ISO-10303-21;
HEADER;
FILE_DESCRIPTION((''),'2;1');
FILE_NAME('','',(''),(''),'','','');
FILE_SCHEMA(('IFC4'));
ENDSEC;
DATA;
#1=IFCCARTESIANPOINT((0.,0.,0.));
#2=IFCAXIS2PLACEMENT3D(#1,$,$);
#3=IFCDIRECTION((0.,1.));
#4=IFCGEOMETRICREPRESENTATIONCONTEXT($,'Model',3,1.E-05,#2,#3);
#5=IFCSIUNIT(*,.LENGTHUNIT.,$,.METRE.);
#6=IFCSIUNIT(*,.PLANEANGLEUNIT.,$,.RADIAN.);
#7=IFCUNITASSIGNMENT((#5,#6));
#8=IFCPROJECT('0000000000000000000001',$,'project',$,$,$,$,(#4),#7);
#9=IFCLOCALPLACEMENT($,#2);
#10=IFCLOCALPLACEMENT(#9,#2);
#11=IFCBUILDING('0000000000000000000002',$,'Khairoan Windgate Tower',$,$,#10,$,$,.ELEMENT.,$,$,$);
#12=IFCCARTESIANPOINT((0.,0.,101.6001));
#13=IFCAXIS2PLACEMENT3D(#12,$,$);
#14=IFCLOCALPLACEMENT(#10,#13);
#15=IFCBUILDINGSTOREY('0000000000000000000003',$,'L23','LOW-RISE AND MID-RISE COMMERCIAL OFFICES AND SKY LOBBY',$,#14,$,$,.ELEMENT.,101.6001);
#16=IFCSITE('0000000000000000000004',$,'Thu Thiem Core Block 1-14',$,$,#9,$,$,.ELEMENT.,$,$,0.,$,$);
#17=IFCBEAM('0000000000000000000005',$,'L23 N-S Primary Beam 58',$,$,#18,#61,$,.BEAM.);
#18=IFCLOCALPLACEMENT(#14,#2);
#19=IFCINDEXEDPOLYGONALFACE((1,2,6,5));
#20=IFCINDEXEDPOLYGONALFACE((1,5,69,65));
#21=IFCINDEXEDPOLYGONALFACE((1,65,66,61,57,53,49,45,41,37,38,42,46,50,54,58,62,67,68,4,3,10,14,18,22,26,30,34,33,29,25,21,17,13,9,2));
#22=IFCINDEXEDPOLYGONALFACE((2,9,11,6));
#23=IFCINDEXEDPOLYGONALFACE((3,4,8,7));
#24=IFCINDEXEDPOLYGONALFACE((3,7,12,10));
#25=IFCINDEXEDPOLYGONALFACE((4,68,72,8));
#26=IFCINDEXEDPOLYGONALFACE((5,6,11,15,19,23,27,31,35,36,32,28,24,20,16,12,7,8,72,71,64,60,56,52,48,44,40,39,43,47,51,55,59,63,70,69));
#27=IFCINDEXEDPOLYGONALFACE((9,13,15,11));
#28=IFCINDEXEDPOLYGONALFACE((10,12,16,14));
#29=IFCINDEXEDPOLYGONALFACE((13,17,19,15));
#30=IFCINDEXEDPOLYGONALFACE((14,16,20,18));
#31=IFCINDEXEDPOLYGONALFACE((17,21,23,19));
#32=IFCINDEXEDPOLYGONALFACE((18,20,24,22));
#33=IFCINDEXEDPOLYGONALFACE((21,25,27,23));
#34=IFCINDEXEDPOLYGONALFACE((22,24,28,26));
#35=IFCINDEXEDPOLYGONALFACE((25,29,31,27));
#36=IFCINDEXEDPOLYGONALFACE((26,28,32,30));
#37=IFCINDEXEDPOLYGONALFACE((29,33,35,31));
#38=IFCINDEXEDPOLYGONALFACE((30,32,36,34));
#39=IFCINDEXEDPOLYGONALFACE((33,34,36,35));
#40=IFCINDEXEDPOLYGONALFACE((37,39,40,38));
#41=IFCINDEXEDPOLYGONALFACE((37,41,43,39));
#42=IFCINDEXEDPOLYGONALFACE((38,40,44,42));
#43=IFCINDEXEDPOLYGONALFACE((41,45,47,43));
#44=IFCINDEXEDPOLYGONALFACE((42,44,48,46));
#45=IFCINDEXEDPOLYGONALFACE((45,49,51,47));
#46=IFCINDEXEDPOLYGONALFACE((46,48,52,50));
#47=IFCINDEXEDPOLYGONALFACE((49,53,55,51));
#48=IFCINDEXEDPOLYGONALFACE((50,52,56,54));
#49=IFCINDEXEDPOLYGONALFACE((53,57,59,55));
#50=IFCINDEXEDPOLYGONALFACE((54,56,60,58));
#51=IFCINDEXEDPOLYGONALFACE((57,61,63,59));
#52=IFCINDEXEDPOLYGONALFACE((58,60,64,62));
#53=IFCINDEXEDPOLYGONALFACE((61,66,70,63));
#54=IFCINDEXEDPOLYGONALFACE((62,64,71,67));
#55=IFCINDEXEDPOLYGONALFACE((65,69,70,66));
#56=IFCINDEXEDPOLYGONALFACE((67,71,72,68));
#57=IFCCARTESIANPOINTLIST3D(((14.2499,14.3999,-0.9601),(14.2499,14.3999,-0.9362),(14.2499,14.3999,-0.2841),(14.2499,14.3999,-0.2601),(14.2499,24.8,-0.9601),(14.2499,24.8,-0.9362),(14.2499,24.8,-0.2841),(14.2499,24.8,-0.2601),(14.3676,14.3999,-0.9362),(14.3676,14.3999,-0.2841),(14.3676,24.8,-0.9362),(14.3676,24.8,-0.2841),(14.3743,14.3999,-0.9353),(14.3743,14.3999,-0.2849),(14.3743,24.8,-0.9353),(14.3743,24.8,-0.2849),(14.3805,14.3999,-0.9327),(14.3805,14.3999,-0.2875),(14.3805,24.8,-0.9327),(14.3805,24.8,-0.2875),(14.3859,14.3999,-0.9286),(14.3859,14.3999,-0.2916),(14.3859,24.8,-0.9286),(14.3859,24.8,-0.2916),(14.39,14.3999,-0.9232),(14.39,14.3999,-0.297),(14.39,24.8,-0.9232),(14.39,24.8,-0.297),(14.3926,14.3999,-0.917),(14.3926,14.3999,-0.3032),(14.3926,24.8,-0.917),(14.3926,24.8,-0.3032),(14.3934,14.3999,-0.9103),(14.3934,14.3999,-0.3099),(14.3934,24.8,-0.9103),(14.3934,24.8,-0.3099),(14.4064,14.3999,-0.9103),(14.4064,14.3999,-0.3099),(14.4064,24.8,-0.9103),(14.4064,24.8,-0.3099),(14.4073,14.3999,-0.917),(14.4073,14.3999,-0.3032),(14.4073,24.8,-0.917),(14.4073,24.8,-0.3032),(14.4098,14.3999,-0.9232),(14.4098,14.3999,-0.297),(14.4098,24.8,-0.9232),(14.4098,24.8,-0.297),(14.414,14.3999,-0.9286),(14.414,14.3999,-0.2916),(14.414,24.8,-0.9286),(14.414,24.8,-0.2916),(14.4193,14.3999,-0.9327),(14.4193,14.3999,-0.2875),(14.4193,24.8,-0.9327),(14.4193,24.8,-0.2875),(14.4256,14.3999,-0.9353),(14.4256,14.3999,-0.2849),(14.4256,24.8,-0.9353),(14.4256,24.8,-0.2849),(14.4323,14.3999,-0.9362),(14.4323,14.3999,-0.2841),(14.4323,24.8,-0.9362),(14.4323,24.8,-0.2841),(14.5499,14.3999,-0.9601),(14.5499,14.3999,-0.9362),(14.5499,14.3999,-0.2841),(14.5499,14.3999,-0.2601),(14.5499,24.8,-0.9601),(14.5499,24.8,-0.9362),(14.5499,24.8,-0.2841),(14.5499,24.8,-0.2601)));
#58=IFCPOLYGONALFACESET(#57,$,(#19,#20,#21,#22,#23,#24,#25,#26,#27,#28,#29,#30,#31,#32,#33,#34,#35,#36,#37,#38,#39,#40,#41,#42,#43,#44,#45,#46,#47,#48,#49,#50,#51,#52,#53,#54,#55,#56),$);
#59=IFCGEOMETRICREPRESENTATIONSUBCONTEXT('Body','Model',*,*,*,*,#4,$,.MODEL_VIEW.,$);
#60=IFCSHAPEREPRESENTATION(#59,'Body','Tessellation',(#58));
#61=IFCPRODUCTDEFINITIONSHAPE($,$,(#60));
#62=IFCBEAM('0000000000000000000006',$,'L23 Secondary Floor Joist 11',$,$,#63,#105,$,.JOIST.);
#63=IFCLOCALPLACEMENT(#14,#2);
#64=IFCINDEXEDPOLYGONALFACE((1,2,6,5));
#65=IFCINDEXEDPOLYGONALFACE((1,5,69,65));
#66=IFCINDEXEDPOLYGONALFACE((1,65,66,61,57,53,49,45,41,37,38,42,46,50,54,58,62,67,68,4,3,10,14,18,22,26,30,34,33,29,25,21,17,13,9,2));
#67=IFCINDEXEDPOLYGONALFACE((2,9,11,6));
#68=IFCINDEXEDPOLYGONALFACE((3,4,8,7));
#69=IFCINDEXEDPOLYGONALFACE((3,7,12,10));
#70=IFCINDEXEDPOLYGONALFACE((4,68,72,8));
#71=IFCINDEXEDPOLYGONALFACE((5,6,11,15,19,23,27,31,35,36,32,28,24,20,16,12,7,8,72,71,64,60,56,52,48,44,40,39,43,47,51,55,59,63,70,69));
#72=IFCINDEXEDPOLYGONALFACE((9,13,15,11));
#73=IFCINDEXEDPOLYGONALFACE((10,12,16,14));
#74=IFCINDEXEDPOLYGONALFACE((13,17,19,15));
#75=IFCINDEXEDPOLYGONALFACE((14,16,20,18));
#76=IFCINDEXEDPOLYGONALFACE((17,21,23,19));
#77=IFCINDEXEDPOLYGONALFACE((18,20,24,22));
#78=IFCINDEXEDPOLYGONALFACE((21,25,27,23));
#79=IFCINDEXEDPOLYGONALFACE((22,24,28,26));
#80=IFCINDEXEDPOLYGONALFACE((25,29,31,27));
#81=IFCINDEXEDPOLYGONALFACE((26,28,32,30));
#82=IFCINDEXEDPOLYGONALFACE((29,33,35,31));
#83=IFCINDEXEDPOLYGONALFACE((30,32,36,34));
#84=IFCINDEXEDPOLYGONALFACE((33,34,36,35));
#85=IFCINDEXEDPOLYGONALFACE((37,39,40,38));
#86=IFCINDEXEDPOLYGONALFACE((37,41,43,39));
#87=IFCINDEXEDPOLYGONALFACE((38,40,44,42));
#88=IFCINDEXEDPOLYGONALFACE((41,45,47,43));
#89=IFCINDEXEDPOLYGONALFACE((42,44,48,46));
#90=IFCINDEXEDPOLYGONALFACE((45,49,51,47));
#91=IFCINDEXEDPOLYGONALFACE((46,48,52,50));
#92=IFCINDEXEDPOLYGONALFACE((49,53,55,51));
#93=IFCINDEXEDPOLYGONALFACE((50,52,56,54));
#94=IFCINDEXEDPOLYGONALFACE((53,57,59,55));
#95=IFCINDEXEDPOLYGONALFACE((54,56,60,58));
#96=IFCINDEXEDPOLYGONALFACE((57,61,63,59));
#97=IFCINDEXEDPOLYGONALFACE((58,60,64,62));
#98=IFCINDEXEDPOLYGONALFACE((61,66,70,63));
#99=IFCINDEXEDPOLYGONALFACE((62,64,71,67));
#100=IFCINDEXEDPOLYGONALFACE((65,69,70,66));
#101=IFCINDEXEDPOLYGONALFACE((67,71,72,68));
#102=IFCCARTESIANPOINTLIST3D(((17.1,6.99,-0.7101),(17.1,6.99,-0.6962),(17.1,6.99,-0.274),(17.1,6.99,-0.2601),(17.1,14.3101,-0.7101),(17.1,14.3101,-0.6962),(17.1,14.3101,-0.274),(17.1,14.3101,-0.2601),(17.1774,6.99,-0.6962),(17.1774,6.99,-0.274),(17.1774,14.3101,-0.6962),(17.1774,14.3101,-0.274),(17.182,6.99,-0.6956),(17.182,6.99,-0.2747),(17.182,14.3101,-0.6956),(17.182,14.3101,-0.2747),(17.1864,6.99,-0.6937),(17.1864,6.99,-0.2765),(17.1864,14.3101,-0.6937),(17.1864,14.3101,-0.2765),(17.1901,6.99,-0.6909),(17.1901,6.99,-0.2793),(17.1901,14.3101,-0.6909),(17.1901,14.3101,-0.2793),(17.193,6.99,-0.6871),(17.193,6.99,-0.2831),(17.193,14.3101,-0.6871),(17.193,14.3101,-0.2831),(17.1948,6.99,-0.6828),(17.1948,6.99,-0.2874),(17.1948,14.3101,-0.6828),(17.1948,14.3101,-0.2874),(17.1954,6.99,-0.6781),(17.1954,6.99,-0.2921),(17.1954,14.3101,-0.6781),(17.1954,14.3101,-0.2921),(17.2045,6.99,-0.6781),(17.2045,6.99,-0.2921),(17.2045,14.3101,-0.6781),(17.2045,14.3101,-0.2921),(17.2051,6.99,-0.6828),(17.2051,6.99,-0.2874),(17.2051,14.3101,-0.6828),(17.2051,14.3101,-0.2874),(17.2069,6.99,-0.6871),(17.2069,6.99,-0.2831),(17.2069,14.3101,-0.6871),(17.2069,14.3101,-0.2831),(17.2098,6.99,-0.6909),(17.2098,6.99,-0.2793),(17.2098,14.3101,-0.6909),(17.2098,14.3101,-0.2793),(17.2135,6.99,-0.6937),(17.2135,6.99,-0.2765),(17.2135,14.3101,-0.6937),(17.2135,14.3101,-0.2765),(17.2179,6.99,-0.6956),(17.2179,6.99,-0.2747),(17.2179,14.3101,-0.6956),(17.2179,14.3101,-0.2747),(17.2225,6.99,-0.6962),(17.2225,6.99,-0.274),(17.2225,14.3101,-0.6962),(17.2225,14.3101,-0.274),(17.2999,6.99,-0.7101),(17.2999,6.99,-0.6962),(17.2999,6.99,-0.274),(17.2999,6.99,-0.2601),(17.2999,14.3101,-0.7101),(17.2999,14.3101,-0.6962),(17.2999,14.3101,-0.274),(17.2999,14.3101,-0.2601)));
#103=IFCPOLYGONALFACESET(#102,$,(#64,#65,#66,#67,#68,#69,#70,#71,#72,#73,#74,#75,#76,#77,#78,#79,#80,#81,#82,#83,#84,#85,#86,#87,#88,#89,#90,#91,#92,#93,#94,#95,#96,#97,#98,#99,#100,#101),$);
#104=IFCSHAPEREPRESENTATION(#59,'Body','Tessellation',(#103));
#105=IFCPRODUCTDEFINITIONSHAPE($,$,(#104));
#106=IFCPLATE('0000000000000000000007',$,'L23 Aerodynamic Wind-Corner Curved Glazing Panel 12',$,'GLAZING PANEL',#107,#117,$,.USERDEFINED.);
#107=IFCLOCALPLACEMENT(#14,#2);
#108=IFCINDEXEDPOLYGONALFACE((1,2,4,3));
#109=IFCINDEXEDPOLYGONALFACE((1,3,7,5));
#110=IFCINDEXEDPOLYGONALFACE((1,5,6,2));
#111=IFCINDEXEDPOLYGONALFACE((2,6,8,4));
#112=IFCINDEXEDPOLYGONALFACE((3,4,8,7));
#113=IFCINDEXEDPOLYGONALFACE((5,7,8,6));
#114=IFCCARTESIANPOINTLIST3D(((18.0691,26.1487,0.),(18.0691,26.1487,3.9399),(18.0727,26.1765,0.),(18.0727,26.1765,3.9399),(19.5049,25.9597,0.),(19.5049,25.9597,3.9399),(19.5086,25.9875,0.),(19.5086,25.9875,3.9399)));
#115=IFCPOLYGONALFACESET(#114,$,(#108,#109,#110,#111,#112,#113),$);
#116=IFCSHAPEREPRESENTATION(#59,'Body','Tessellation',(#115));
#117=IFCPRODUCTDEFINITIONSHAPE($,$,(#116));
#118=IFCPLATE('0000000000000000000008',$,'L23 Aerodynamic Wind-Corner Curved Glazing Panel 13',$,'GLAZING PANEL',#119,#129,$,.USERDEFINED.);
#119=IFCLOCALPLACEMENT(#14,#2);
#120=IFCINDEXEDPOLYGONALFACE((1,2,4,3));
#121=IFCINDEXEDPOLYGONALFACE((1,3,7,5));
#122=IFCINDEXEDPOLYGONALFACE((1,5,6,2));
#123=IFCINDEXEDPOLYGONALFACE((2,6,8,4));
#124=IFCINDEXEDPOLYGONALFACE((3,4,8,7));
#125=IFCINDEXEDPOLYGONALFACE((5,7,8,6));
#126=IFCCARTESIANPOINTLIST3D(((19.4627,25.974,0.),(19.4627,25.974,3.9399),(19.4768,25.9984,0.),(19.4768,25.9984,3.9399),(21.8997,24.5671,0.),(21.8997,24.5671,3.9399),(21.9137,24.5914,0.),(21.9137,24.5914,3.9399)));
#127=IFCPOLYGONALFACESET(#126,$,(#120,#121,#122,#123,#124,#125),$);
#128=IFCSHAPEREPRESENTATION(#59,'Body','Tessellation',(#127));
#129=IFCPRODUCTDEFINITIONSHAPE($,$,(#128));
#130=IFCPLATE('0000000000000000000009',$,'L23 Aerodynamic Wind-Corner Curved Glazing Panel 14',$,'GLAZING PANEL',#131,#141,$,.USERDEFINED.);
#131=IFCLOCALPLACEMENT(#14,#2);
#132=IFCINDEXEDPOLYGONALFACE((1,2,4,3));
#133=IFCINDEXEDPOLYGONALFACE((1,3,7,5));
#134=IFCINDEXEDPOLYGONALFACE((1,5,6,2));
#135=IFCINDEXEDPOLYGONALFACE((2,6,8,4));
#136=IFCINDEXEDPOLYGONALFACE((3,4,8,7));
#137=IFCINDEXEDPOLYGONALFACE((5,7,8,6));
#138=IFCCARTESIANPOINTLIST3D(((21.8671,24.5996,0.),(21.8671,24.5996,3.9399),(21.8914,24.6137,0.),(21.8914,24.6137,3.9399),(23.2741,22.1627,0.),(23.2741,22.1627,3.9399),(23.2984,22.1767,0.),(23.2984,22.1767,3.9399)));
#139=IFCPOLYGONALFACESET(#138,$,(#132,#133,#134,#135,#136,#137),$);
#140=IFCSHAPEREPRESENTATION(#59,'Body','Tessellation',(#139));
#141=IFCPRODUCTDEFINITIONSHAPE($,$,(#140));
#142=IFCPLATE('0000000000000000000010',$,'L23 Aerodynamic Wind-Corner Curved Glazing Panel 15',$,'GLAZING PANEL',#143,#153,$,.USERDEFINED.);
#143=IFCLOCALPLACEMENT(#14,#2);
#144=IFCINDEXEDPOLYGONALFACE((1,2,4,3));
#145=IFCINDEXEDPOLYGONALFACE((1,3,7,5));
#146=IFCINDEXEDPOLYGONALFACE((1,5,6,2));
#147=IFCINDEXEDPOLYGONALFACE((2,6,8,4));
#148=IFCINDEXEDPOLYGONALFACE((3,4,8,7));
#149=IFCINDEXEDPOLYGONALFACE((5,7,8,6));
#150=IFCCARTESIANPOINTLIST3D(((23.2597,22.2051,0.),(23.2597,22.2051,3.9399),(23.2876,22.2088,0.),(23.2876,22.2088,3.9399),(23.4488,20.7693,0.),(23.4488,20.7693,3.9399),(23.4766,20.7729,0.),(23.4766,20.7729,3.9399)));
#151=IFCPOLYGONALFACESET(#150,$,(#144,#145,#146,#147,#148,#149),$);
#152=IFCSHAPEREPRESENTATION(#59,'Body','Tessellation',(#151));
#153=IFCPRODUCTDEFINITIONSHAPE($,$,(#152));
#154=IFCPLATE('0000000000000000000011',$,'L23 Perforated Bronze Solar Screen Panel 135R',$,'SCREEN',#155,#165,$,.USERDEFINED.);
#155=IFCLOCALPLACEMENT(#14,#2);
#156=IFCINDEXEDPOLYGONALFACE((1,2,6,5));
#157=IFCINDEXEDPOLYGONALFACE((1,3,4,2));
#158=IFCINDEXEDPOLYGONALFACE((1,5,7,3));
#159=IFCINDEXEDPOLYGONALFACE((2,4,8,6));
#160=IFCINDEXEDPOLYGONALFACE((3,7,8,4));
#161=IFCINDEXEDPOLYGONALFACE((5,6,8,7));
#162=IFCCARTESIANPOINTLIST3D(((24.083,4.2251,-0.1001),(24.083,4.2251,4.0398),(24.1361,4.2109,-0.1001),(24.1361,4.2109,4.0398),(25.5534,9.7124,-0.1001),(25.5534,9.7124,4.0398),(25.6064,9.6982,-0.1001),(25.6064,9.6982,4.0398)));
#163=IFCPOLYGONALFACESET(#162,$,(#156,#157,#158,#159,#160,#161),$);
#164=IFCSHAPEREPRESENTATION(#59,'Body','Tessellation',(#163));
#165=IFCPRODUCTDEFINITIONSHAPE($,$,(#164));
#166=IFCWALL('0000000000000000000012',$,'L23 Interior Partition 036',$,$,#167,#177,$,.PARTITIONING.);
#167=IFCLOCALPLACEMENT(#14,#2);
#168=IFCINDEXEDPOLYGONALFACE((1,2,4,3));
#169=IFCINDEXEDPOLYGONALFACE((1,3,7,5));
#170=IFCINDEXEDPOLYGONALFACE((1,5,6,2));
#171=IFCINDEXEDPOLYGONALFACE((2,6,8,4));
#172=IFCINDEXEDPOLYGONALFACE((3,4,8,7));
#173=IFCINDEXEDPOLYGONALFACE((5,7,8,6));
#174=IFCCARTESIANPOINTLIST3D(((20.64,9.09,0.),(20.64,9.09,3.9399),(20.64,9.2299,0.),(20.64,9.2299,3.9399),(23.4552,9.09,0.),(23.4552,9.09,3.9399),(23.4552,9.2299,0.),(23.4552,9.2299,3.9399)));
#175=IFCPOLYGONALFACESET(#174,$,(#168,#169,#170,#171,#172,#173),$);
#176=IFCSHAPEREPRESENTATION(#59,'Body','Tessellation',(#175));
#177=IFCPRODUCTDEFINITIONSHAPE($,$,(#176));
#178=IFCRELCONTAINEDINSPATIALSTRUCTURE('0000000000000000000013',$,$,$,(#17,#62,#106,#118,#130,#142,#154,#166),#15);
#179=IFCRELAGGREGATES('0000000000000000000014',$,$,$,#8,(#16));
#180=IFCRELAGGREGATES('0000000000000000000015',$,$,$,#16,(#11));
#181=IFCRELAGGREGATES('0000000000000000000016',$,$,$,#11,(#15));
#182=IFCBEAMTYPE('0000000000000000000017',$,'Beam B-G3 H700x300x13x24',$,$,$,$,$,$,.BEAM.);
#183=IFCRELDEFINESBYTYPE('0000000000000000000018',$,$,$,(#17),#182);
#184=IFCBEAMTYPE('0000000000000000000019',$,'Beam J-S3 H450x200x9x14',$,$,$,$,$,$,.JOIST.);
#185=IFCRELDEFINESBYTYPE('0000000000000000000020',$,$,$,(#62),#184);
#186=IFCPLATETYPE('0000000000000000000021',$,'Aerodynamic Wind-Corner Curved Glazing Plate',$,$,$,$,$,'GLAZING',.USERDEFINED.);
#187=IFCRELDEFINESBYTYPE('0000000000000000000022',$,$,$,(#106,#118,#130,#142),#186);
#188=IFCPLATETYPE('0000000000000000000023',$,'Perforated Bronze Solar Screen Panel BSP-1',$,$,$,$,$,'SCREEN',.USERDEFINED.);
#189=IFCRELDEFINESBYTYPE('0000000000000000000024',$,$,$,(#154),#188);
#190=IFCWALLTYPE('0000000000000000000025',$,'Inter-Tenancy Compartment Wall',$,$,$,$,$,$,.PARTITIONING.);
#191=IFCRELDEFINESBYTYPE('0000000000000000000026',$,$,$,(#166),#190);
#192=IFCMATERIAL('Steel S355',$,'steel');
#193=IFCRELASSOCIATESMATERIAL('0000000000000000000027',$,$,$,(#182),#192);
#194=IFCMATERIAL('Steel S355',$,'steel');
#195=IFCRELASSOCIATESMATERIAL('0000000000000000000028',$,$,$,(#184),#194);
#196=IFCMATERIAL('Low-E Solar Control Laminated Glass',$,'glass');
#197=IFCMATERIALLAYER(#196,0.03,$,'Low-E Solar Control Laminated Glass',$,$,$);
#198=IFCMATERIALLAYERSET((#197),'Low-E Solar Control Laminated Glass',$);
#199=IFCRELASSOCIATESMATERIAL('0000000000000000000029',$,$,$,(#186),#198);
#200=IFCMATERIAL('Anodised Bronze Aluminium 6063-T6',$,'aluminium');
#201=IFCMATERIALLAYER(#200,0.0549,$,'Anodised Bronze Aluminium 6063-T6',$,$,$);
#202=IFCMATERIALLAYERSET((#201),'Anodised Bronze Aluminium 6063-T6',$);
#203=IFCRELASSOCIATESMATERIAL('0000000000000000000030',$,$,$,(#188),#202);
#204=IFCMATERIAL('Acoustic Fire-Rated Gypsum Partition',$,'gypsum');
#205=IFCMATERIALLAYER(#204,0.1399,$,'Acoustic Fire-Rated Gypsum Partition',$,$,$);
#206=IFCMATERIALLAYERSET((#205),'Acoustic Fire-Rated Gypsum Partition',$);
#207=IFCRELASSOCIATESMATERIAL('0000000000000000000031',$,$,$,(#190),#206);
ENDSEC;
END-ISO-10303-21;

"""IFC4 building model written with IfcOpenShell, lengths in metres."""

from ifc_helpers import new_model, si_unit, direction, frame, frame_2d, origin, origin_2d, place, context, subcontext, project, spatial, rectangle, i_section, extrude, material, layer, layer_set, material_profile, profile_set, type_object, element, save


model = new_model("IFC4")

# Units and contexts
model_context = context("Model", 3, precision=1e-05, world=origin(), true_north=direction((0.0, 1.0)))
body_context = subcontext(model_context, "Body", "Model", "MODEL_VIEW")
ifc_project = project(units=[si_unit("LENGTHUNIT", "METRE"), si_unit("PLANEANGLEUNIT", "RADIAN")], contexts=[model_context])

# Site, building, storey
site_placement = place(None, origin())
site = spatial("IfcSite", under=ifc_project, at=site_placement, Name="Thu Thiem Core Block 1-14", CompositionType="ELEMENT", RefElevation=0.0)
building_placement = place(site_placement, origin())
building = spatial("IfcBuilding", under=site, at=building_placement, Name="Khairoan Windgate Tower", CompositionType="ELEMENT")
storey_placement = place(building_placement, frame((0.0, 0.0, 101.6001)))
storey = spatial("IfcBuildingStorey", under=building, at=storey_placement, Name="L23", Description="LOW-RISE AND MID-RISE COMMERCIAL OFFICES AND SKY LOBBY", CompositionType="ELEMENT", Elevation=101.6001)

# Beams
ifc_material_1 = material(Name="Steel S355", Category="steel")
ifc_material_profile_1 = material_profile(ifc_material_1, i_section(OverallWidth=0.3, OverallDepth=0.7, WebThickness=0.0129, FlangeThickness=0.0239, FilletRadius=0.0259, at=origin_2d()))
ifc_profile_set_1 = profile_set([ifc_material_profile_1], Name="Steel S355")
beam_type_1 = type_object("IfcBeamType", Name="Beam B-G3 H700x300x13x24", PredefinedType="BEAM", material=ifc_profile_set_1)
beam_1_placement = place(storey_placement, frame((14.3999, 14.3999, -0.6101), z_axis=(0.0, 1.0, 0.0), x_axis=(-1.0, 0.0, 0.0)))
element("IfcBeam", 1, at=beam_1_placement, inside=storey, type_object=beam_type_1, Name="L23 N-S Primary Beam 58", PredefinedType="BEAM", context=body_context, shape_type="SweptSolid", body=[
    extrude(i_section(OverallWidth=0.3, OverallDepth=0.7, WebThickness=0.0129, FlangeThickness=0.0239, FilletRadius=0.0259, at=origin_2d()), origin(), (0.0, 0.0, 1.0), 10.4001),
])
ifc_material_2 = material(Name="Steel S355", Category="steel")
ifc_material_profile_2 = material_profile(ifc_material_2, i_section(OverallWidth=0.2, OverallDepth=0.45, WebThickness=0.009, FlangeThickness=0.0139, FilletRadius=0.0181, at=origin_2d()))
ifc_profile_set_2 = profile_set([ifc_material_profile_2], Name="Steel S355")
beam_type_2 = type_object("IfcBeamType", Name="Beam J-S3 H450x200x9x14", PredefinedType="JOIST", material=ifc_profile_set_2)
beam_2_placement = place(storey_placement, frame((17.2, 6.99, -0.4851), z_axis=(0.0, 1.0, 0.0), x_axis=(-1.0, 0.0, 0.0)))
element("IfcBeam", 2, at=beam_2_placement, inside=storey, type_object=beam_type_2, Name="L23 Secondary Floor Joist 11", PredefinedType="JOIST", context=body_context, shape_type="SweptSolid", body=[
    extrude(i_section(OverallWidth=0.2, OverallDepth=0.45, WebThickness=0.009, FlangeThickness=0.0139, FilletRadius=0.0181, at=origin_2d()), origin(), (0.0, 0.0, 1.0), 7.3201),
])

# Plates
ifc_material_3 = material(Name="Low-E Solar Control Laminated Glass", Category="glass")
ifc_layer_1 = layer(ifc_material_3, 0.03, Name="Low-E Solar Control Laminated Glass")
ifc_layer_set_1 = layer_set([ifc_layer_1], Name="Low-E Solar Control Laminated Glass")
plate_type_1 = type_object("IfcPlateType", Name="Aerodynamic Wind-Corner Curved Glazing Plate", ElementType="GLAZING", PredefinedType="USERDEFINED", material=ifc_layer_set_1)
plate_1_placement = place(storey_placement, frame((18.7888, 26.0681, 0.0), z_axis=(0.0, 0.0, 1.0), x_axis=(0.991445, -0.130526, 0.0)))
element("IfcPlate", 3, at=plate_1_placement, inside=storey, type_object=plate_type_1, Name="L23 Aerodynamic Wind-Corner Curved Glazing Panel 12", ObjectType="GLAZING PANEL", PredefinedType="USERDEFINED", context=body_context, shape_type="SweptSolid", body=[
    extrude(rectangle(XDim=1.4482, YDim=0.0281, at=origin_2d()), origin(), (0.0, 0.0, 1.0), 3.9399),
])
for number, where, z_axis, x_axis, name in (
    (4, (20.6882, 25.2827, 0.0), (0.0, 0.0, 1.0), (0.866025, -0.5, 0.0), "L23 Aerodynamic Wind-Corner Curved Glazing Panel 13"),
    (5, (22.5828, 23.3882, 0.0), (0.0, 0.0, 1.0), (0.5, -0.866025, 0.0), "L23 Aerodynamic Wind-Corner Curved Glazing Panel 14"),
):
    element("IfcPlate", number, at=place(storey_placement, frame(where, z_axis=z_axis, x_axis=x_axis)), inside=storey, type_object=plate_type_1, Name=name, ObjectType="GLAZING PANEL", PredefinedType="USERDEFINED", context=body_context, shape_type="SweptSolid", body=[
        extrude(rectangle(XDim=2.814, YDim=0.0281, at=origin_2d()), origin(), (0.0, 0.0, 1.0), 3.9399),
    ])
plate_2_placement = place(storey_placement, frame((23.3682, 21.489, 0.0), z_axis=(0.0, 0.0, 1.0), x_axis=(0.130526, -0.991445, 0.0)))
element("IfcPlate", 6, at=plate_2_placement, inside=storey, type_object=plate_type_1, Name="L23 Aerodynamic Wind-Corner Curved Glazing Panel 15", ObjectType="GLAZING PANEL", PredefinedType="USERDEFINED", context=body_context, shape_type="SweptSolid", body=[
    extrude(rectangle(XDim=1.4482, YDim=0.0281, at=origin_2d()), origin(), (0.0, 0.0, 1.0), 3.9399),
])

# Plate
ifc_material_4 = material(Name="Anodised Bronze Aluminium 6063-T6", Category="aluminium")
ifc_layer_2 = layer(ifc_material_4, 0.0549, Name="Anodised Bronze Aluminium 6063-T6")
ifc_layer_set_2 = layer_set([ifc_layer_2], Name="Anodised Bronze Aluminium 6063-T6")
plate_type_2 = type_object("IfcPlateType", Name="Perforated Bronze Solar Screen Panel BSP-1", ElementType="SCREEN", PredefinedType="USERDEFINED", material=ifc_layer_set_2)
plate_3_placement = place(storey_placement, frame((24.8447, 6.9617, -0.1001), z_axis=(0.0, 0.0, 1.0), x_axis=(-0.258819, -0.965926, 0.0)))
element("IfcPlate", 7, at=plate_3_placement, inside=storey, type_object=plate_type_2, Name="L23 Perforated Bronze Solar Screen Panel 135R", ObjectType="SCREEN", PredefinedType="USERDEFINED", context=body_context, shape_type="SweptSolid", body=[
    extrude(rectangle(XDim=5.6809, YDim=0.0549, at=origin_2d()), origin(), (0.0, 0.0, 1.0), 4.1399),
])

# Wall
ifc_material_5 = material(Name="Acoustic Fire-Rated Gypsum Partition", Category="gypsum")
ifc_layer_3 = layer(ifc_material_5, 0.1399, Name="Acoustic Fire-Rated Gypsum Partition")
ifc_layer_set_3 = layer_set([ifc_layer_3], Name="Acoustic Fire-Rated Gypsum Partition")
wall_type_1 = type_object("IfcWallType", Name="Inter-Tenancy Compartment Wall", PredefinedType="PARTITIONING", material=ifc_layer_set_3)
wall_1_placement = place(storey_placement, frame((20.6399, 9.1599, 0.0), z_axis=(0.0, 0.0, 1.0), x_axis=(1.0, 0.0, 0.0)))
element("IfcWall", 8, at=wall_1_placement, inside=storey, type_object=wall_type_1, Name="L23 Interior Partition 036", PredefinedType="PARTITIONING", context=body_context, shape_type="SweptSolid", body=[
    extrude(rectangle(XDim=2.8152, YDim=0.1399, at=frame_2d((1.4077, 0.0))), origin(), (0.0, 0.0, 1.0), 3.9399),
])

save(model, "model.ifc")
